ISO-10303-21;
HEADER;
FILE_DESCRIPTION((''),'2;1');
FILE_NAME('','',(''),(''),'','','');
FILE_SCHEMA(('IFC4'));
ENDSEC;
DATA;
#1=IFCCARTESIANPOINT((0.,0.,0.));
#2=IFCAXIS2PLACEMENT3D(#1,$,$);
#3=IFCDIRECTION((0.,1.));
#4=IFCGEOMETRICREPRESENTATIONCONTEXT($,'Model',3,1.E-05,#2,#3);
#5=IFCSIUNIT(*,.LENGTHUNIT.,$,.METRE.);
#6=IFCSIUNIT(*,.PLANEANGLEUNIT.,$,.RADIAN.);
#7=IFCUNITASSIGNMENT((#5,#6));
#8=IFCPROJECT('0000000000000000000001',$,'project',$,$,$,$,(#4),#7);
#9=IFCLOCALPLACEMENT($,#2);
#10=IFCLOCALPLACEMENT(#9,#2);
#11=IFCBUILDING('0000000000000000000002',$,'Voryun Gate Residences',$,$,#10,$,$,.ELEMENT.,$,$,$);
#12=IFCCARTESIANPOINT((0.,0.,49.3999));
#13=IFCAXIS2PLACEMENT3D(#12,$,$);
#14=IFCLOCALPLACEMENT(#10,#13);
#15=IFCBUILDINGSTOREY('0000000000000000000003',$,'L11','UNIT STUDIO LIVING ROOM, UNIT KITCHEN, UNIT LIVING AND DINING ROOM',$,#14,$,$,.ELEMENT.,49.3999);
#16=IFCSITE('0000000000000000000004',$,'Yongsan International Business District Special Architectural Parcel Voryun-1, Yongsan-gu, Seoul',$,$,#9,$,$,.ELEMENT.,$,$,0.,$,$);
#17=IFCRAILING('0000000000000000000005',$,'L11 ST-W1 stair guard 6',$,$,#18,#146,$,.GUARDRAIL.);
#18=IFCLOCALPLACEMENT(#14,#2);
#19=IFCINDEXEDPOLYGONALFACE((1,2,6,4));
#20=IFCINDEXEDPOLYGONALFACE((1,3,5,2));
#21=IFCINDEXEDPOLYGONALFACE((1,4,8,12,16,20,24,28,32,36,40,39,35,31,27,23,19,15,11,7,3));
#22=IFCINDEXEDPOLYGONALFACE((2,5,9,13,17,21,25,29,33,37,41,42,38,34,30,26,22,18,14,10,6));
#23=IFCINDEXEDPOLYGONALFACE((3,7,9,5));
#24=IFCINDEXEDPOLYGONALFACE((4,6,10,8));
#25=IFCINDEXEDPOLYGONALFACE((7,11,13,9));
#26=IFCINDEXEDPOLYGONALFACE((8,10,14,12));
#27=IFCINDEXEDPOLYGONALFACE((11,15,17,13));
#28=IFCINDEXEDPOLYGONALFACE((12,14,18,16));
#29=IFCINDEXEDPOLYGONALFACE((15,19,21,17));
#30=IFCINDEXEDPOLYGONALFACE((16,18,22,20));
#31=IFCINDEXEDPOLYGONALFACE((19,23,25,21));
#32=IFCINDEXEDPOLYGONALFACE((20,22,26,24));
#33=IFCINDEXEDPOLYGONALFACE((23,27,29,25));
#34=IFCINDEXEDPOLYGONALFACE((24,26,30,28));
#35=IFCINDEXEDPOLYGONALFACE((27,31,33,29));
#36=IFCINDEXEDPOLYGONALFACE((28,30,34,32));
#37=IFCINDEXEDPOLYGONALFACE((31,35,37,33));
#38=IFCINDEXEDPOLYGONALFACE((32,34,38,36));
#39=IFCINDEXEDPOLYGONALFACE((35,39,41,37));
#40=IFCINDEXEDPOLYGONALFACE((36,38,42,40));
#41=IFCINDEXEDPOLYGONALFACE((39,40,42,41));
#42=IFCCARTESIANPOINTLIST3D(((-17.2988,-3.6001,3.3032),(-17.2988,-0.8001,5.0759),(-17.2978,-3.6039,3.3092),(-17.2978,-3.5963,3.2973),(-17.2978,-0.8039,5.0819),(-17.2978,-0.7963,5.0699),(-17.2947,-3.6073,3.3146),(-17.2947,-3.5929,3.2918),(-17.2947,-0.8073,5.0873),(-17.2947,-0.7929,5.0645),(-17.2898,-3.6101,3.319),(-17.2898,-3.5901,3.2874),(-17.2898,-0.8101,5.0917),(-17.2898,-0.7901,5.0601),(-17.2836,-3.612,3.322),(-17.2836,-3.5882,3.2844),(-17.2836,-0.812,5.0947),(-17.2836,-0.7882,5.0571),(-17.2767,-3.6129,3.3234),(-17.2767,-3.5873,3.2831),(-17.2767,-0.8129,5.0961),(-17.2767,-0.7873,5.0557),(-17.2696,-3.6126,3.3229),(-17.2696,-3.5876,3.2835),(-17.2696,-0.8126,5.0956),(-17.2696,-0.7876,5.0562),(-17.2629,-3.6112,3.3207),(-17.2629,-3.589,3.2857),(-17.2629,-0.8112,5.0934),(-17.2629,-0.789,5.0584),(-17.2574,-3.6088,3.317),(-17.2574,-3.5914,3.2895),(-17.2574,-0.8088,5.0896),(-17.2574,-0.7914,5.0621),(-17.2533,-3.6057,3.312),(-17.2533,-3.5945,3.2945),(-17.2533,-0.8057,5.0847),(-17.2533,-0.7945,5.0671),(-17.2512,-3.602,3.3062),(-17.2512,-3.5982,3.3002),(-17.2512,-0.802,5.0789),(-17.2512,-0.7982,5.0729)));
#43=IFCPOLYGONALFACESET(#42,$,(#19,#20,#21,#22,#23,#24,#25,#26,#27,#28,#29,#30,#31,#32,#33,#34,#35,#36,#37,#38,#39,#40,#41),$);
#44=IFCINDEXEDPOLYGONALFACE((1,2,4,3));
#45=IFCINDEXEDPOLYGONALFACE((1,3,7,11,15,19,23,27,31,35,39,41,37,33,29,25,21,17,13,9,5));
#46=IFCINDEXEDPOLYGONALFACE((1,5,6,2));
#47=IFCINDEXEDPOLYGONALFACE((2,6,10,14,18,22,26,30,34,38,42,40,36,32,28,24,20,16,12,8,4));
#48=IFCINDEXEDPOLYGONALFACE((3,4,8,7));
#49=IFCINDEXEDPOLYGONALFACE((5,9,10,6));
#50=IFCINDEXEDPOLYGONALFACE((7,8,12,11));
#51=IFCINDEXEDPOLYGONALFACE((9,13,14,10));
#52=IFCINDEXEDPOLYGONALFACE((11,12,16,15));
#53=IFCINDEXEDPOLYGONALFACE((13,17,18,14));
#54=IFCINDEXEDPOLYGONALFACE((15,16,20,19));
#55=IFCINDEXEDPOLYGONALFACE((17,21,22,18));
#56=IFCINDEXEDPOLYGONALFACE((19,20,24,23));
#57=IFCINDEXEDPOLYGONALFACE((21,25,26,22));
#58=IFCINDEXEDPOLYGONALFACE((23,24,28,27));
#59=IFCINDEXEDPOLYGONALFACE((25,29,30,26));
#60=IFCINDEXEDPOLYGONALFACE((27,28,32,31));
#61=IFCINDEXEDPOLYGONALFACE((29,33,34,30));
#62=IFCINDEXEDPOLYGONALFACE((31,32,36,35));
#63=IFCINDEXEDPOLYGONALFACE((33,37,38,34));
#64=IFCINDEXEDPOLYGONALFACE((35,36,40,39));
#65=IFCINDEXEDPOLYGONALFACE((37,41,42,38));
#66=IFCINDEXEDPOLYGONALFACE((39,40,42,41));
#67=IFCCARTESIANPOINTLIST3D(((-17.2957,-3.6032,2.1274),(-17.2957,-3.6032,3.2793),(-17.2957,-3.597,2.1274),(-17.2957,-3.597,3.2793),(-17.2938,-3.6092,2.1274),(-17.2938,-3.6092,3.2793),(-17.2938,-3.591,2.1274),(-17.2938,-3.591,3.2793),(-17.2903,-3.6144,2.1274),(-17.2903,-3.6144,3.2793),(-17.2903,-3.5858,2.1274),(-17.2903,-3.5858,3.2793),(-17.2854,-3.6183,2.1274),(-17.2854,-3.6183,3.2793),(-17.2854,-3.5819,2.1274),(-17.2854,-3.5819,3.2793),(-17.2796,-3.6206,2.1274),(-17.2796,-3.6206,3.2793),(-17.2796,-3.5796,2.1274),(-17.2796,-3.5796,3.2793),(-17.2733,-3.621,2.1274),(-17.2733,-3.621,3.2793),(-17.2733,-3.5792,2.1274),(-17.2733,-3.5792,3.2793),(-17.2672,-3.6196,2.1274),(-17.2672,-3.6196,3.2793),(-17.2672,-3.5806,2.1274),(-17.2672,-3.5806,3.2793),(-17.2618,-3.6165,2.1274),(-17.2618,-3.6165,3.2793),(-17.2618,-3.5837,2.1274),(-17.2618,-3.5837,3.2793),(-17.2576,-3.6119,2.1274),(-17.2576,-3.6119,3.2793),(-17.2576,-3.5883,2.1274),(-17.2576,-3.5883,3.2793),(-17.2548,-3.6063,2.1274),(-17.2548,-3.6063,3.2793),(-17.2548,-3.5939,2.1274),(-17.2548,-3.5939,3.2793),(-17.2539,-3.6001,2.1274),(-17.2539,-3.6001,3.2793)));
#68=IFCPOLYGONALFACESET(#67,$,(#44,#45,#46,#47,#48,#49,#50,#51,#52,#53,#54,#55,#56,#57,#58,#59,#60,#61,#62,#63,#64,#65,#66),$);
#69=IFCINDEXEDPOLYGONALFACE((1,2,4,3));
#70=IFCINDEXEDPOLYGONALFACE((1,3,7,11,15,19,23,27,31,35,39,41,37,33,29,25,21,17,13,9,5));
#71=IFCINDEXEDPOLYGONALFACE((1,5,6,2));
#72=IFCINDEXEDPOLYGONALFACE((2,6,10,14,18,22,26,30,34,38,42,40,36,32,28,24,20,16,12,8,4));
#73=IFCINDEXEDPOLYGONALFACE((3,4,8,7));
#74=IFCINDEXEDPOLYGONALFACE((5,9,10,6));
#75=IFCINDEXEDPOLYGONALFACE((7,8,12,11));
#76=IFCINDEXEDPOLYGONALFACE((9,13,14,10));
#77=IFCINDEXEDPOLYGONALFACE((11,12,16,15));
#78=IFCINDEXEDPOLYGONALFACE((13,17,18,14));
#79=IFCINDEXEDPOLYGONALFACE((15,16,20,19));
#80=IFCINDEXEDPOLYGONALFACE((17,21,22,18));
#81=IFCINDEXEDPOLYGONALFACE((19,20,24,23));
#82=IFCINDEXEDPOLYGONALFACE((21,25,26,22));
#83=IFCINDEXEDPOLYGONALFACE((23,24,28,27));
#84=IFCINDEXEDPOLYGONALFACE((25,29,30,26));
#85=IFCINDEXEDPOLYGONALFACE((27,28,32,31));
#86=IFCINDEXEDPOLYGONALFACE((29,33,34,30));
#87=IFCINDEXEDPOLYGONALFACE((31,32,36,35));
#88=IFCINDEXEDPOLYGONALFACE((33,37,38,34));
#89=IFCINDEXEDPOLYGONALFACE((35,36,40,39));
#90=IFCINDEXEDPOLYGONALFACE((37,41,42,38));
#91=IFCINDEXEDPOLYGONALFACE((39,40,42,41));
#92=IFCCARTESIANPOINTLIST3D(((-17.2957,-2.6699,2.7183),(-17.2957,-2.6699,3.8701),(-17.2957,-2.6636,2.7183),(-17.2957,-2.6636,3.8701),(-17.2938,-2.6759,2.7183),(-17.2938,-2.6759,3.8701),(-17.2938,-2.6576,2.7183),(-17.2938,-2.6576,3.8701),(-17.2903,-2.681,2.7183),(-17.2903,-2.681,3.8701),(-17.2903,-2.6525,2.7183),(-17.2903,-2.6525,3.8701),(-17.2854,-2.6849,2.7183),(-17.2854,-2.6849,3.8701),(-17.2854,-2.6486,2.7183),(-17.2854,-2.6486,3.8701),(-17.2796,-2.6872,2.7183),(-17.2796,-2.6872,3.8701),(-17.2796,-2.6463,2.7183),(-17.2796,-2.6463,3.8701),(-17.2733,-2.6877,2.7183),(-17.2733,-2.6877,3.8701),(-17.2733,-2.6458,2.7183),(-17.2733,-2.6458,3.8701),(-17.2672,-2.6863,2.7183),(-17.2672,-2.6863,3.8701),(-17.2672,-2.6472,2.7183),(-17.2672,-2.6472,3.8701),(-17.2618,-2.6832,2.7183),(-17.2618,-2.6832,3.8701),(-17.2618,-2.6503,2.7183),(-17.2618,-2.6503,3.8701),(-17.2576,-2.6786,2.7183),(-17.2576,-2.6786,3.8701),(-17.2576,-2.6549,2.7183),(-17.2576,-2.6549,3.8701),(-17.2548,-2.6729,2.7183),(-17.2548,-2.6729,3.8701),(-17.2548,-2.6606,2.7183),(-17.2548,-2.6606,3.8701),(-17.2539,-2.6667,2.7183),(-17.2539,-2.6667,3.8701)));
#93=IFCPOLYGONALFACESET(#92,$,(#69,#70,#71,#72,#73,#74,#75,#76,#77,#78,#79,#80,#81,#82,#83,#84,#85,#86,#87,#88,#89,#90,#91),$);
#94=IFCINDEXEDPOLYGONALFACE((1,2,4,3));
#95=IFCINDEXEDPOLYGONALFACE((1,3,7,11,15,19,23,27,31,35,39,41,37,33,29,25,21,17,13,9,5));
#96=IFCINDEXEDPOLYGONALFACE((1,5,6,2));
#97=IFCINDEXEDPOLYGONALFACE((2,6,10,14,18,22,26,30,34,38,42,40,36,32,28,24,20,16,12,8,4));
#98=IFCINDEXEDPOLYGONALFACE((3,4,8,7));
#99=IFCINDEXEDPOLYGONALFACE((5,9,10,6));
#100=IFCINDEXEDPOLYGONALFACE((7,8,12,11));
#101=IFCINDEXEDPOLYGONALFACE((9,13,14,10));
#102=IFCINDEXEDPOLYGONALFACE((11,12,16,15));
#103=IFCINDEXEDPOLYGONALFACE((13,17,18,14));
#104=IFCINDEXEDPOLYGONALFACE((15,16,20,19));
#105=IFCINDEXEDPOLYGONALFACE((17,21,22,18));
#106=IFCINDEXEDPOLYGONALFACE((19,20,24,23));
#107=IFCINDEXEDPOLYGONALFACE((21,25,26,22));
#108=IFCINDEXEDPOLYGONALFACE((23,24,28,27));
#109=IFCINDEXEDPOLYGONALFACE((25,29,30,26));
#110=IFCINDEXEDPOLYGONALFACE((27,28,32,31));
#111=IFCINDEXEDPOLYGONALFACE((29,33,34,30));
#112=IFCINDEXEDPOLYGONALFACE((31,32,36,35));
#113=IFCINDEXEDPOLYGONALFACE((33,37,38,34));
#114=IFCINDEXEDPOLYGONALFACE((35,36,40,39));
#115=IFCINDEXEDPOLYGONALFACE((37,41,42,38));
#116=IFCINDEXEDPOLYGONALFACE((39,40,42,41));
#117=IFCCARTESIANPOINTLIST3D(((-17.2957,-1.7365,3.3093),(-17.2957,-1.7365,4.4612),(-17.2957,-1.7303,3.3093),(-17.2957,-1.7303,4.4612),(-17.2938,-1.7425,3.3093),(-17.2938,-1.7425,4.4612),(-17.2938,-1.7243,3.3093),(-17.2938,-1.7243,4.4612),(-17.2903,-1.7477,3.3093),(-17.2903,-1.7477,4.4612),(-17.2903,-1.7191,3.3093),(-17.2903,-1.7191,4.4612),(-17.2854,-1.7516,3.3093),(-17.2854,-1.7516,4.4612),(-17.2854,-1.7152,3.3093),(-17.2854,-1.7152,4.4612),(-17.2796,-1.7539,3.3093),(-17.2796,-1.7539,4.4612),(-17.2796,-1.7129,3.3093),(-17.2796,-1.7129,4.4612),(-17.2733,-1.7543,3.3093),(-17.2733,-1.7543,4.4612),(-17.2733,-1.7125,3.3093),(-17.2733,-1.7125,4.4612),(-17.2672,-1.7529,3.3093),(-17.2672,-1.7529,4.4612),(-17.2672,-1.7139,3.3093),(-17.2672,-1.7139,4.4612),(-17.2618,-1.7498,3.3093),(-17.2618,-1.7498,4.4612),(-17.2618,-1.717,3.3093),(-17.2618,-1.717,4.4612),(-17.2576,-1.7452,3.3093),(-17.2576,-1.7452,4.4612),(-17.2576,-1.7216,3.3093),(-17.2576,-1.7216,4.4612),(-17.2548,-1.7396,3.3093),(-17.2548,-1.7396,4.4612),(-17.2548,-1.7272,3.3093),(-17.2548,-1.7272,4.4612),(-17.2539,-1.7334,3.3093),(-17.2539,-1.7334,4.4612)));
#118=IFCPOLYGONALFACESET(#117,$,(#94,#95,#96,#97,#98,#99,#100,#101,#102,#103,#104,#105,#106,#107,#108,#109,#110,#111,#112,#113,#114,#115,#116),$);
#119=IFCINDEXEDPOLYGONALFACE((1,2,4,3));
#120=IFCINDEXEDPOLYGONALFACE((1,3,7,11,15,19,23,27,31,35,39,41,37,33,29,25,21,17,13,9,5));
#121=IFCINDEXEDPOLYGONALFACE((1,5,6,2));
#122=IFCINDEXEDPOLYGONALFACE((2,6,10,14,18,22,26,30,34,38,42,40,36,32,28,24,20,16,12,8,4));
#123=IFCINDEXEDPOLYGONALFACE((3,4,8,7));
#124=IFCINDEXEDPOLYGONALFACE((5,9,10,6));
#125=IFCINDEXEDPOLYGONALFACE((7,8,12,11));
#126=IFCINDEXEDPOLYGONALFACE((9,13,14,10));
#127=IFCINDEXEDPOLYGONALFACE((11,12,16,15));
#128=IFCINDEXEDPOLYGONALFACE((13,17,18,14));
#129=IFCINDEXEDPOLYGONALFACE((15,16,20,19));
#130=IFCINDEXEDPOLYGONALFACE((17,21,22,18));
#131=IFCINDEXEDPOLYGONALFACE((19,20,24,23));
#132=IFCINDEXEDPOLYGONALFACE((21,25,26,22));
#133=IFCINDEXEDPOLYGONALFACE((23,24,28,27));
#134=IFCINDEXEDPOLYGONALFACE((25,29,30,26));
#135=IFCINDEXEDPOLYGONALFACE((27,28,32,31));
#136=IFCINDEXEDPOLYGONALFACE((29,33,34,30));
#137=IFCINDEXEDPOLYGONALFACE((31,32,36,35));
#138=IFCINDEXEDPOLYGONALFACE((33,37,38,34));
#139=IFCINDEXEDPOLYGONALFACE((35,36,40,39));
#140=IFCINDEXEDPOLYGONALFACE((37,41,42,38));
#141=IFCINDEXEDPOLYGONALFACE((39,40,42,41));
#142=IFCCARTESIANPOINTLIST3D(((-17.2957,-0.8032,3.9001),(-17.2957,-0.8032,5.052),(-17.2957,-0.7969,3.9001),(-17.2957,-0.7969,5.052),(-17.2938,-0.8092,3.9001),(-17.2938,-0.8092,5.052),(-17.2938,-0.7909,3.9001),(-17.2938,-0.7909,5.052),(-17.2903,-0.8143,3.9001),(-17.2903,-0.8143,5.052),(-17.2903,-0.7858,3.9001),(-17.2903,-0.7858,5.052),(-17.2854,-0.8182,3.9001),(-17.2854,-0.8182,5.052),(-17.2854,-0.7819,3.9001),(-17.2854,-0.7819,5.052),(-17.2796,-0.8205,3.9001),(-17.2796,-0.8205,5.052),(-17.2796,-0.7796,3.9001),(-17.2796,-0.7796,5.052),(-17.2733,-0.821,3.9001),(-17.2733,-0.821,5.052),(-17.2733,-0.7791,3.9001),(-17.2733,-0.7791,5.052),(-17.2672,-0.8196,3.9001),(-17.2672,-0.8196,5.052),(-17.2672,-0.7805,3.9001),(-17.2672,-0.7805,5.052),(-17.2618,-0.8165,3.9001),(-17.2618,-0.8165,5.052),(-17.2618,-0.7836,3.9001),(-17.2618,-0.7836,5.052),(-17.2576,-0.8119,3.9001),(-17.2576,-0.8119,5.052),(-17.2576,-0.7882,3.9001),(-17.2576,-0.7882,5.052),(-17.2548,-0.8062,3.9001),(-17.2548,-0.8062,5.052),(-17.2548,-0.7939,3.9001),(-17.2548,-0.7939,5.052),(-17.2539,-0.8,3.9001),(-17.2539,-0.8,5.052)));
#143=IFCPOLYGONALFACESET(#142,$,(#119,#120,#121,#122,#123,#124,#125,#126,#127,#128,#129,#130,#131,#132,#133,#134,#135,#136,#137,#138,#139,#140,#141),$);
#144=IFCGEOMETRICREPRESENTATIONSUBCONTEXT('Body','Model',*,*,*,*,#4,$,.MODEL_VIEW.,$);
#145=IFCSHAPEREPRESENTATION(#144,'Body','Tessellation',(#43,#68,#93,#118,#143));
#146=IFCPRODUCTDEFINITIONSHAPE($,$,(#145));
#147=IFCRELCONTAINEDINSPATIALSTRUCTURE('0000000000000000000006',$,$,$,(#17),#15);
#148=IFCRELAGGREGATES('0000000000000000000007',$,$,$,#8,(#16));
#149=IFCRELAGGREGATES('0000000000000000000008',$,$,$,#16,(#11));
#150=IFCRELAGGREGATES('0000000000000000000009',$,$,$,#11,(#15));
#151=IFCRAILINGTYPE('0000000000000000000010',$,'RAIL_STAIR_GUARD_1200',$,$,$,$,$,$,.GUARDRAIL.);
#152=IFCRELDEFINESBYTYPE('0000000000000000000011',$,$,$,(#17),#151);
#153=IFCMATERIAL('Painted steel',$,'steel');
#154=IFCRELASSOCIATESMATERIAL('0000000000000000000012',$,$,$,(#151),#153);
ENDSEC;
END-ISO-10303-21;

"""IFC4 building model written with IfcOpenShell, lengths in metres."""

from ifc_helpers import new_model, si_unit, direction, frame, origin, origin_2d, place, context, subcontext, project, spatial, circle, extrude, material, type_object, element, save


model = new_model("IFC4")

# Units and contexts
model_context = context("Model", 3, precision=1e-05, world=origin(), true_north=direction((0.0, 1.0)))
body_context = subcontext(model_context, "Body", "Model", "MODEL_VIEW")
ifc_project = project(units=[si_unit("LENGTHUNIT", "METRE"), si_unit("PLANEANGLEUNIT", "RADIAN")], contexts=[model_context])

# Site, building, storey
site_placement = place(None, origin())
site = spatial("IfcSite", under=ifc_project, at=site_placement, Name="Yongsan International Business District Special Architectural Parcel Voryun-1, Yongsan-gu, Seoul", CompositionType="ELEMENT", RefElevation=0.0)
building_placement = place(site_placement, origin())
building = spatial("IfcBuilding", under=site, at=building_placement, Name="Voryun Gate Residences", CompositionType="ELEMENT")
storey_placement = place(building_placement, frame((0.0, 0.0, 49.3999)))
storey = spatial("IfcBuildingStorey", under=building, at=storey_placement, Name="L11", Description="UNIT STUDIO LIVING ROOM, UNIT KITCHEN, UNIT LIVING AND DINING ROOM", CompositionType="ELEMENT", Elevation=49.3999)

# Railing
ifc_material_1 = material(Name="Painted steel", Category="steel")
railing_type_1 = type_object("IfcRailingType", Name="RAIL_STAIR_GUARD_1200", PredefinedType="GUARDRAIL", material=ifc_material_1)
railing_1_placement = place(storey_placement, frame((-17.2749, -3.6001, 2.1274)))
element("IfcRailing", 1, at=railing_1_placement, inside=storey, type_object=railing_type_1, Name="L11 ST-W1 stair guard 6", PredefinedType="GUARDRAIL", context=body_context, shape_type="SweptSolid", body=[
    extrude(circle(Radius=0.0239, at=origin_2d()), frame((0.0, 0.0, 1.1758), z_axis=(0.0, 0.844909, 0.53491), x_axis=(-1.0, 0.0, 0.0)), (0.0, 0.0, 1.0), 3.314),
    extrude(circle(Radius=0.021, at=origin_2d()), origin(), (0.0, 0.0, 1.0), 1.1519),
    extrude(circle(Radius=0.021, at=origin_2d()), frame((0.0, 0.9333, 0.5908)), (0.0, 0.0, 1.0), 1.1519),
    extrude(circle(Radius=0.021, at=origin_2d()), frame((0.0, 1.8667, 1.1819)), (0.0, 0.0, 1.0), 1.1519),
    extrude(circle(Radius=0.021, at=origin_2d()), frame((0.0, 2.8, 1.7727)), (0.0, 0.0, 1.0), 1.1519),
])

save(model, "model.ifc")
